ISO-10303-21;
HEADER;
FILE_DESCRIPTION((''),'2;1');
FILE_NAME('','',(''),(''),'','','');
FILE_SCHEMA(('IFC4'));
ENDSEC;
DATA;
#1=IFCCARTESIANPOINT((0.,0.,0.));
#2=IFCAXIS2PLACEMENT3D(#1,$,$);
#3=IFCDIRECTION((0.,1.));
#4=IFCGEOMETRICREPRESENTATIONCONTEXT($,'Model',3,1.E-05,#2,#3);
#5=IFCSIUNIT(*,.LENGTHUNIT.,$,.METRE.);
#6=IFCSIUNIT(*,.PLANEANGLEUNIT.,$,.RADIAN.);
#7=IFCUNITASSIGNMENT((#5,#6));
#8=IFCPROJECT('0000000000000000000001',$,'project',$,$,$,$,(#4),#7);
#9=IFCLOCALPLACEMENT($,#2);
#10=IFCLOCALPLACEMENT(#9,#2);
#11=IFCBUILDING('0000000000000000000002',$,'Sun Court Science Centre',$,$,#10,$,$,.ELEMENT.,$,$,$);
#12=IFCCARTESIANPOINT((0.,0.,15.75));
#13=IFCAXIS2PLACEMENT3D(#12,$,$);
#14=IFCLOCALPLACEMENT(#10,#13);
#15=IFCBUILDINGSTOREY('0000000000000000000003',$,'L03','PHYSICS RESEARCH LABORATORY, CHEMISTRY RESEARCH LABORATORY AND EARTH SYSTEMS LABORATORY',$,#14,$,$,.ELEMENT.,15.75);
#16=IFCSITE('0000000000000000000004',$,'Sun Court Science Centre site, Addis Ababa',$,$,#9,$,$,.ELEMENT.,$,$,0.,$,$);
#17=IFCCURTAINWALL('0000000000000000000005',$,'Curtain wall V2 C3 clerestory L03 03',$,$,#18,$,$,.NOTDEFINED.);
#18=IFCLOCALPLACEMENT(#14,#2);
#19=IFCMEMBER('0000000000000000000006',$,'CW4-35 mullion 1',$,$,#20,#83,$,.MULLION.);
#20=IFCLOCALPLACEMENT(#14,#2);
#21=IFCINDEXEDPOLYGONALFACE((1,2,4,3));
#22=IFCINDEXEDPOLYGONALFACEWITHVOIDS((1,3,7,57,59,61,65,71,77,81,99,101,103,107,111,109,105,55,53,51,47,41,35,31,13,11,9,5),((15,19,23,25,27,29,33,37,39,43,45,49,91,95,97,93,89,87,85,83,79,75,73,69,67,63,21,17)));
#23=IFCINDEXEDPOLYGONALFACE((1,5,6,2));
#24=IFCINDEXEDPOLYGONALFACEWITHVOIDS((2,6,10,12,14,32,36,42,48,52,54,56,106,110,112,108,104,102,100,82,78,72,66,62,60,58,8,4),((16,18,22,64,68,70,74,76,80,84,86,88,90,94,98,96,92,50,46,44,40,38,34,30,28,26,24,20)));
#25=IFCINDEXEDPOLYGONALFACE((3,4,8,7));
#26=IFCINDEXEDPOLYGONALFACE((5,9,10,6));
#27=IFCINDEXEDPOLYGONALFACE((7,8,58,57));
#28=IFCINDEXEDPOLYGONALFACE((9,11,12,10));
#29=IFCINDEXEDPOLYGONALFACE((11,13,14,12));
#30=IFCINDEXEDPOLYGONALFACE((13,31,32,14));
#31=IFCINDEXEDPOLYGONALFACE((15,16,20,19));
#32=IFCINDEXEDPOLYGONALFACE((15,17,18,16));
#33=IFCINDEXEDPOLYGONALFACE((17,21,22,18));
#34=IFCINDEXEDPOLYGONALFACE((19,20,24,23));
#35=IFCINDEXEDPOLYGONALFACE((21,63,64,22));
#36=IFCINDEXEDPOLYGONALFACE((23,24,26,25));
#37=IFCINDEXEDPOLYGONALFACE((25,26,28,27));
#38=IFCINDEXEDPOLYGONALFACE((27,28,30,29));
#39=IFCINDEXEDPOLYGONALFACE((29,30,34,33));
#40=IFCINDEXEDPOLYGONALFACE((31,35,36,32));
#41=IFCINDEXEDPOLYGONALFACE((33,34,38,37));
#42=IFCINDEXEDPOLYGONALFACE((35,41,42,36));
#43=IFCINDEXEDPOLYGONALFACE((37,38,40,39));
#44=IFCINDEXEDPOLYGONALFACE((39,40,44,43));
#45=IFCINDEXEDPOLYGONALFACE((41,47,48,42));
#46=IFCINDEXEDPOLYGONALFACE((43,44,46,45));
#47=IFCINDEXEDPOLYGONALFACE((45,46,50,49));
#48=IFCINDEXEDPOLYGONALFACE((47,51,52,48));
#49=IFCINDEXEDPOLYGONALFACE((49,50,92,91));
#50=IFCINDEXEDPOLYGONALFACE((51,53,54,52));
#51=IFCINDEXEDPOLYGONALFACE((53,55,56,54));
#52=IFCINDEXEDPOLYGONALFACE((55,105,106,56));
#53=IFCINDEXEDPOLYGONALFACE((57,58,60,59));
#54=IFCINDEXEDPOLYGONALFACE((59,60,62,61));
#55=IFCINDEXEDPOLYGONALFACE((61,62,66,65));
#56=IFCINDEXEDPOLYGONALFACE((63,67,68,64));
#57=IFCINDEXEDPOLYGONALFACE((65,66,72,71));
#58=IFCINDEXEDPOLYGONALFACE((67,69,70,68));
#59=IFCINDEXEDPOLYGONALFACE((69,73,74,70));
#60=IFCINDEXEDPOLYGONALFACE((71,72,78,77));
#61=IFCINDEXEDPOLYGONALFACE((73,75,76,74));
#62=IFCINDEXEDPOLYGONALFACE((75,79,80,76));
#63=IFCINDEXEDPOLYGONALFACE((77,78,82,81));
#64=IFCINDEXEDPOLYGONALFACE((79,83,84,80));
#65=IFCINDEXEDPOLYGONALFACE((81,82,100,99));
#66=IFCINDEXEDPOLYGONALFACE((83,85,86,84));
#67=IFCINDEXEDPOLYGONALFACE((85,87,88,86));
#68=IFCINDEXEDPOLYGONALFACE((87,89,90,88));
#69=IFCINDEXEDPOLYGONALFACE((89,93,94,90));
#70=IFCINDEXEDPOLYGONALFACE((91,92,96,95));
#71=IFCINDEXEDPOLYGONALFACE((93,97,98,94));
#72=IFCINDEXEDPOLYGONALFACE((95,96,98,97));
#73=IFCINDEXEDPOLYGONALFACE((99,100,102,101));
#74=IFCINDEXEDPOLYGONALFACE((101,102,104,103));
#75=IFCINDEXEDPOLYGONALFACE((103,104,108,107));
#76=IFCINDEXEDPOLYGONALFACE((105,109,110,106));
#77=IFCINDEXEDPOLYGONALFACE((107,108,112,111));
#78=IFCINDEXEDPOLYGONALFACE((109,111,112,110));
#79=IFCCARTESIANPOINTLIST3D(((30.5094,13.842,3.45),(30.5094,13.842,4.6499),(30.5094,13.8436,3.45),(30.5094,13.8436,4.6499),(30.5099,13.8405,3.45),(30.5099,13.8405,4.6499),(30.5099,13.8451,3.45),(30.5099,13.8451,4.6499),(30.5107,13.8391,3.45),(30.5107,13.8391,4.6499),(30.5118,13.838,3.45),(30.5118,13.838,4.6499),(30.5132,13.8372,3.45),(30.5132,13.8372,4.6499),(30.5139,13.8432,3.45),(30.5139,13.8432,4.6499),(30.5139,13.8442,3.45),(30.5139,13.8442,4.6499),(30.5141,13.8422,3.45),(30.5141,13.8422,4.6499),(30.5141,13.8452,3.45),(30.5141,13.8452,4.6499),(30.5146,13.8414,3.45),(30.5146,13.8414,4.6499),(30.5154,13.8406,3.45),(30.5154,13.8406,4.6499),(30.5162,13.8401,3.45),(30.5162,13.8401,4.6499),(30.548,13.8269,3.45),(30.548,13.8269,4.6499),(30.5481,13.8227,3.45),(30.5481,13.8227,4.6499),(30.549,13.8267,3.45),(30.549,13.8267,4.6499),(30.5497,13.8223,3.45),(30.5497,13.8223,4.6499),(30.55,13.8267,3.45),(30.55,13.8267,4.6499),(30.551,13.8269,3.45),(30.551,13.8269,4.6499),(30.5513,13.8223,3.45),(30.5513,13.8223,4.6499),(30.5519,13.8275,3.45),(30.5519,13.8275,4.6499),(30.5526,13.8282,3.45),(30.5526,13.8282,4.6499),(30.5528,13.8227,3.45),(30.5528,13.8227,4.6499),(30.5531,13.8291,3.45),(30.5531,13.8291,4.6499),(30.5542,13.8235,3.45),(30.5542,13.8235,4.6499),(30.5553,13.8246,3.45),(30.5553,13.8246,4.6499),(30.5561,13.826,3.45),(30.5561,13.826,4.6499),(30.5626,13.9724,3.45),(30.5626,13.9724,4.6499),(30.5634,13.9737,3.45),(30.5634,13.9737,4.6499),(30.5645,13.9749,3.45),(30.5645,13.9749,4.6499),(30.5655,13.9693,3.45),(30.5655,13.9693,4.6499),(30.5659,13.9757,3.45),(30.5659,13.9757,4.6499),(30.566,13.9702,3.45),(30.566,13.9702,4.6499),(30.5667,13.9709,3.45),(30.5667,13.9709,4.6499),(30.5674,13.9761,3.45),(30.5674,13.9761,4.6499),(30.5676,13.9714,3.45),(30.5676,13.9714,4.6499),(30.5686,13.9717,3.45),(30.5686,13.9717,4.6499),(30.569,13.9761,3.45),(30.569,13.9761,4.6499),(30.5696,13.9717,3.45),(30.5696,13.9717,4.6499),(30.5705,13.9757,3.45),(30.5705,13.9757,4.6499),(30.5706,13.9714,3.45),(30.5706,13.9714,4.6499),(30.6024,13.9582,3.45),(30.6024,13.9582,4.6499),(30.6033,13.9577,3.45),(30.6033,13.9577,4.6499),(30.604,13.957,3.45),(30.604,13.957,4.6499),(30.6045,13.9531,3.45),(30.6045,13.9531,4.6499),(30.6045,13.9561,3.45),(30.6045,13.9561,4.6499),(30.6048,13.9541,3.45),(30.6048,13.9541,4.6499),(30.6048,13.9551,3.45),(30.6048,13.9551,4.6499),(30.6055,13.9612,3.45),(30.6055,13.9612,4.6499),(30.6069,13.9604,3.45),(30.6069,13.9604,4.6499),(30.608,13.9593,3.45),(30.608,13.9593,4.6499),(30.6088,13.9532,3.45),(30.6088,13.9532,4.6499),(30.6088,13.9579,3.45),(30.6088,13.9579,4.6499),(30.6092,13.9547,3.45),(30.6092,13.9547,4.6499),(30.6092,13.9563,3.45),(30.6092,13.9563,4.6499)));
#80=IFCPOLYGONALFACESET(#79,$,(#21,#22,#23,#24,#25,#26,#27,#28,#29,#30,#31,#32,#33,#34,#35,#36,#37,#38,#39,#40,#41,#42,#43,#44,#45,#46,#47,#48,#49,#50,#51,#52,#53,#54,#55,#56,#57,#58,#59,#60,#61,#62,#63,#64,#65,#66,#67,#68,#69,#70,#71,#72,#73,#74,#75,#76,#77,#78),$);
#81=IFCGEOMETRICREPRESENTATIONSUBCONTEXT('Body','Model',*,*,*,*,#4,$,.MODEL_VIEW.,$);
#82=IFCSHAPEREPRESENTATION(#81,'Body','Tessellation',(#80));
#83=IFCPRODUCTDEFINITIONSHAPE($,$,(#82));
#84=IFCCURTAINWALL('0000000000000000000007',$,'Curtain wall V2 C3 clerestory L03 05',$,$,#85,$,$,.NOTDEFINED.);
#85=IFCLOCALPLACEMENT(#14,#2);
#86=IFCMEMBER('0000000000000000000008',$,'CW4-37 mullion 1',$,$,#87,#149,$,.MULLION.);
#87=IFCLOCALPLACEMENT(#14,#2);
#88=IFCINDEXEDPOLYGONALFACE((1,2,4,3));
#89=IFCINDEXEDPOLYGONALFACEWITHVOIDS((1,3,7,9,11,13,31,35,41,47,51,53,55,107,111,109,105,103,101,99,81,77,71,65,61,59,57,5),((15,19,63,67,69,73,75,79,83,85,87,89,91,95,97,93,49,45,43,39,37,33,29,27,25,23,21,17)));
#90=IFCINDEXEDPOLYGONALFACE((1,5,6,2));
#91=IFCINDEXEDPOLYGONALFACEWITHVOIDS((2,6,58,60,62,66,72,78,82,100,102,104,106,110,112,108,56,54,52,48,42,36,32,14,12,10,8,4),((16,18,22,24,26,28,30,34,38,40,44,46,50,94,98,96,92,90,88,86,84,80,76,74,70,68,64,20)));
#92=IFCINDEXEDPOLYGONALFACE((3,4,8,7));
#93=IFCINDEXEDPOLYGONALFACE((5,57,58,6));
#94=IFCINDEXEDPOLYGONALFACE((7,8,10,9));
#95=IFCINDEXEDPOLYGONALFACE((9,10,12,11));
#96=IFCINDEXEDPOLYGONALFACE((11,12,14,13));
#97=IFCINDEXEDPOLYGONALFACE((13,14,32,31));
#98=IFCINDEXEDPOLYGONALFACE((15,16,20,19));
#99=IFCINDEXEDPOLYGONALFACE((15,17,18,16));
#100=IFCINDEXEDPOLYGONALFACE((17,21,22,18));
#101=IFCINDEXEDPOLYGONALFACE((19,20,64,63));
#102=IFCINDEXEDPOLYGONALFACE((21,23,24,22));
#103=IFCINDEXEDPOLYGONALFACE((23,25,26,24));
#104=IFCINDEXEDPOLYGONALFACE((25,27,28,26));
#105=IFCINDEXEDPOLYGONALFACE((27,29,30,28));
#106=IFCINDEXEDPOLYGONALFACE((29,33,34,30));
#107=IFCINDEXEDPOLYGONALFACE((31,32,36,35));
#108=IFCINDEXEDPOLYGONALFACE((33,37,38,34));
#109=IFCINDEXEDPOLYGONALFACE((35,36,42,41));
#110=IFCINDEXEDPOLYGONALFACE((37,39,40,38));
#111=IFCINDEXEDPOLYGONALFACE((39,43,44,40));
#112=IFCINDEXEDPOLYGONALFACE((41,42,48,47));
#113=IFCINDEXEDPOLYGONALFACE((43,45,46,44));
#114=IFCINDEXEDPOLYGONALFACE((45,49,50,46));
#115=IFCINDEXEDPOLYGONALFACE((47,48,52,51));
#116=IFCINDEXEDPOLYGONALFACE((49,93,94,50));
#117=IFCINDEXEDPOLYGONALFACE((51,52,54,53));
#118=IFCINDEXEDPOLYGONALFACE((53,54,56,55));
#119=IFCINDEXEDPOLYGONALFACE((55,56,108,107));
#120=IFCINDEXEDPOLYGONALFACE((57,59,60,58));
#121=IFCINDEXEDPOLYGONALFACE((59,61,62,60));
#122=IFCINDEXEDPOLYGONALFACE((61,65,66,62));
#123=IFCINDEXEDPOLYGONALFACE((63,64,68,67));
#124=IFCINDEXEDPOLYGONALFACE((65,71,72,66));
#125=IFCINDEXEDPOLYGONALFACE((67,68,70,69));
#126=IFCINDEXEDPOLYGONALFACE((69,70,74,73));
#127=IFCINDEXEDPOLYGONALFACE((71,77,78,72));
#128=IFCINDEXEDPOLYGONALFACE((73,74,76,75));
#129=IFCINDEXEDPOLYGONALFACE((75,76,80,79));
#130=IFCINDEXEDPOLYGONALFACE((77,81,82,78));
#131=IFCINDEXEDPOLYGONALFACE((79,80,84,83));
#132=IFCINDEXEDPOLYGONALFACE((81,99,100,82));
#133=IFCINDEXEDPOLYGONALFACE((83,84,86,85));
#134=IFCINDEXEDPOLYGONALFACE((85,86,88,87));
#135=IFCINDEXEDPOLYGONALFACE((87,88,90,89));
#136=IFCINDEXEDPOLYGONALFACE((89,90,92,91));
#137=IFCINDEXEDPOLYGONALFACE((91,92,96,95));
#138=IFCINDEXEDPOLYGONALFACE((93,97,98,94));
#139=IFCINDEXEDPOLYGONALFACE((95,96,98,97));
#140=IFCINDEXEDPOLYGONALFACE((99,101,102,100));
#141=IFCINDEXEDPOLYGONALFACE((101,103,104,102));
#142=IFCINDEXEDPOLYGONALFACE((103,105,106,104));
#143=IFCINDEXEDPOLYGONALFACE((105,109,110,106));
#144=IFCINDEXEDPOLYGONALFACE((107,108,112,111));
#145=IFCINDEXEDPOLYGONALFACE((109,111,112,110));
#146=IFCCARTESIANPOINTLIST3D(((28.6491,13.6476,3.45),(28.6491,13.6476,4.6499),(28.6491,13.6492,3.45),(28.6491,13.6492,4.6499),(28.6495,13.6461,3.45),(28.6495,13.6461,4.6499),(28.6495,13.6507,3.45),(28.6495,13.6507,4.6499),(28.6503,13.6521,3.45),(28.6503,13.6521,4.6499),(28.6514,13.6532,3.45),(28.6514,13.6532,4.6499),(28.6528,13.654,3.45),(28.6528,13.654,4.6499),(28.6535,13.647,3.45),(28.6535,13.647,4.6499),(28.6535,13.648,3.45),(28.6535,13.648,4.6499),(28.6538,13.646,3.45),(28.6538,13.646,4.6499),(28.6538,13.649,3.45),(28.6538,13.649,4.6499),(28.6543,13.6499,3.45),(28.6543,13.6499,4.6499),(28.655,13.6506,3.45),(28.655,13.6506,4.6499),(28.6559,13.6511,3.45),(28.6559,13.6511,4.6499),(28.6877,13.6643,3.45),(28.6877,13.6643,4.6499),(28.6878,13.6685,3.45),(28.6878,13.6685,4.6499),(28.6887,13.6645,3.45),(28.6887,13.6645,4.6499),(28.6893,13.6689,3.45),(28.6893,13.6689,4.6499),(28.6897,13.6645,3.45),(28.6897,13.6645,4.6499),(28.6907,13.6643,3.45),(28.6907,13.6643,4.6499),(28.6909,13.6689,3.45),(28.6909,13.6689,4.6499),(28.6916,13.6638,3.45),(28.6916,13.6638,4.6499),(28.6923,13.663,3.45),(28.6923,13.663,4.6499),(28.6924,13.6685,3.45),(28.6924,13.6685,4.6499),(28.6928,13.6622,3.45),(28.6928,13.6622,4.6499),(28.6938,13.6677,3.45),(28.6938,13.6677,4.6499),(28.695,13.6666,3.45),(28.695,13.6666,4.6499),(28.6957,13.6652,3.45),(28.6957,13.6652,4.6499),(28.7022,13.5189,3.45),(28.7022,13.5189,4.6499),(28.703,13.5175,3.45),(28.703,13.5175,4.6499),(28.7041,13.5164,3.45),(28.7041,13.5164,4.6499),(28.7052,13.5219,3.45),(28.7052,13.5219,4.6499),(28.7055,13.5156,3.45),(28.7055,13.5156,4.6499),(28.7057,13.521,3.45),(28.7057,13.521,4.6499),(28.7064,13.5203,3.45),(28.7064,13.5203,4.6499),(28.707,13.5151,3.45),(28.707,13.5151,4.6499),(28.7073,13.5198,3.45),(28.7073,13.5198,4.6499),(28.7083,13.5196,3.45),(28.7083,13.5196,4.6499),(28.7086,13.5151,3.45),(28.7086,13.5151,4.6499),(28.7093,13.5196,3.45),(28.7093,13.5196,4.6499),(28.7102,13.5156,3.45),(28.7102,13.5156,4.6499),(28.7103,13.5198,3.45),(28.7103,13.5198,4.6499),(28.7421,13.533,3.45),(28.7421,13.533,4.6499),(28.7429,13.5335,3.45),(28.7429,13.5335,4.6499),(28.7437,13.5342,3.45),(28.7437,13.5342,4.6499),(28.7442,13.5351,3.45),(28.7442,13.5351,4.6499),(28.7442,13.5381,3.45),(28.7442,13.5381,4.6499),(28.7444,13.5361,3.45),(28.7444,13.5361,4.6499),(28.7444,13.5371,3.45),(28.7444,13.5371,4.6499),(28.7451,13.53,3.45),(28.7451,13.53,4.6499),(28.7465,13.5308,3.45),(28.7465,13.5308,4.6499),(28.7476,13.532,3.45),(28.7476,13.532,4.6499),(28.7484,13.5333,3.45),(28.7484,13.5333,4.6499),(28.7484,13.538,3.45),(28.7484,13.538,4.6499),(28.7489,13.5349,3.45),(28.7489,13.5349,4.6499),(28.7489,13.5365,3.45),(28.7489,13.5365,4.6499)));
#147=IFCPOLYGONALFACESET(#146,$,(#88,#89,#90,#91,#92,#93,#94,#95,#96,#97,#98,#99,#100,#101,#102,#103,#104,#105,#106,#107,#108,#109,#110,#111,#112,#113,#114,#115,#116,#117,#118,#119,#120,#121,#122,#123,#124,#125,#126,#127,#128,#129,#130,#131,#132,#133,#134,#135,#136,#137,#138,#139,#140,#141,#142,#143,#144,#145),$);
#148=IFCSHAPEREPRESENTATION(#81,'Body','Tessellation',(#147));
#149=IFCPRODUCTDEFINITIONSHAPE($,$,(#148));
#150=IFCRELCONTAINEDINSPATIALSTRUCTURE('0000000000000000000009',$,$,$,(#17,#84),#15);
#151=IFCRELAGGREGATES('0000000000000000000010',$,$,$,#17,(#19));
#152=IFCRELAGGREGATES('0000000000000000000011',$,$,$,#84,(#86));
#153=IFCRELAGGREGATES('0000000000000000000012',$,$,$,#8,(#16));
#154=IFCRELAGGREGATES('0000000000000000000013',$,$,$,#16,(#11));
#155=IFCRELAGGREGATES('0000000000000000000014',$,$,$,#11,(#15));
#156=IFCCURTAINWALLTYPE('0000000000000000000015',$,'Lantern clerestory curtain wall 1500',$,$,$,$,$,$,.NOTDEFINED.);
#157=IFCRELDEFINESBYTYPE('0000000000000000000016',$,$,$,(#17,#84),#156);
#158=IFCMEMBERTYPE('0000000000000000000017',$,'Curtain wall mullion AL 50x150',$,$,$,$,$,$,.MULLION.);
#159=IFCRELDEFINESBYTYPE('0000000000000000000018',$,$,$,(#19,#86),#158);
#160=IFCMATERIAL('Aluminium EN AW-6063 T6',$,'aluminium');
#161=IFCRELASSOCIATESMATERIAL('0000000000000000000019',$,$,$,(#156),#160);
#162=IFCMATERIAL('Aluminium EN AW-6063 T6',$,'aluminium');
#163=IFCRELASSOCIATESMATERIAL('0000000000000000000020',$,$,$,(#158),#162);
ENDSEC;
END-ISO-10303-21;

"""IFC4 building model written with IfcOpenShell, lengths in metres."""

from ifc_helpers import new_model, si_unit, direction, frame, origin, origin_2d, place, context, subcontext, project, spatial, hollow_rectangle, extrude, material, material_profile, profile_set, type_object, element, aggregate, save


model = new_model("IFC4")

# Units and contexts
model_context = context("Model", 3, precision=1e-05, world=origin(), true_north=direction((0.0, 1.0)))
body_context = subcontext(model_context, "Body", "Model", "MODEL_VIEW")
ifc_project = project(units=[si_unit("LENGTHUNIT", "METRE"), si_unit("PLANEANGLEUNIT", "RADIAN")], contexts=[model_context])

# Site, building, storey
site_placement = place(None, origin())
site = spatial("IfcSite", under=ifc_project, at=site_placement, Name="Sun Court Science Centre site, Addis Ababa", CompositionType="ELEMENT", RefElevation=0.0)
building_placement = place(site_placement, origin())
building = spatial("IfcBuilding", under=site, at=building_placement, Name="Sun Court Science Centre", CompositionType="ELEMENT")
storey_placement = place(building_placement, frame((0.0, 0.0, 15.75)))
storey = spatial("IfcBuildingStorey", under=building, at=storey_placement, Name="L03", Description="PHYSICS RESEARCH LABORATORY, CHEMISTRY RESEARCH LABORATORY AND EARTH SYSTEMS LABORATORY", CompositionType="ELEMENT", Elevation=15.75)

# Curtain wall, member
ifc_material_1 = material(Name="Aluminium EN AW-6063 T6", Category="aluminium")
curtain_wall_type = type_object("IfcCurtainWallType", Name="Lantern clerestory curtain wall 1500", PredefinedType="NOTDEFINED", material=ifc_material_1)
curtain_wall_1_placement = place(storey_placement, origin())
curtain_wall_1 = element("IfcCurtainWall", 1, at=curtain_wall_1_placement, inside=storey, type_object=curtain_wall_type, Name="Curtain wall V2 C3 clerestory L03 03", PredefinedType="NOTDEFINED")
ifc_material_2 = material(Name="Aluminium EN AW-6063 T6", Category="aluminium")
ifc_material_profile_1 = material_profile(ifc_material_2, hollow_rectangle(XDim=0.05, YDim=0.1499, WallThickness=0.0039, InnerFilletRadius=0.0039, OuterFilletRadius=0.0061, at=origin_2d()), Name="AL 50x150x4")
ifc_profile_set_1 = profile_set([ifc_material_profile_1], Name="Aluminium EN AW-6063 T6")
member_type_1 = type_object("IfcMemberType", Name="Curtain wall mullion AL 50x150", PredefinedType="MULLION", material=ifc_profile_set_1)
member_1_placement = place(storey_placement, frame((30.5593, 13.8992, 3.45), z_axis=(0.0, 0.0, 1.0), x_axis=(0.92388, -0.382683, 0.0)))
member_1 = element("IfcMember", 2, at=member_1_placement, type_object=member_type_1, Name="CW4-35 mullion 1", PredefinedType="MULLION", context=body_context, shape_type="SweptSolid", body=[
    extrude(hollow_rectangle(XDim=0.05, YDim=0.1499, WallThickness=0.0039, InnerFilletRadius=0.0039, OuterFilletRadius=0.0061, at=origin_2d()), origin(), (0.0, 0.0, 1.0), 1.2),
])

# Curtain wall, member
curtain_wall_2_placement = place(storey_placement, origin())
curtain_wall_2 = element("IfcCurtainWall", 3, at=curtain_wall_2_placement, inside=storey, type_object=curtain_wall_type, Name="Curtain wall V2 C3 clerestory L03 05", PredefinedType="NOTDEFINED")
member_2_placement = place(storey_placement, frame((28.699, 13.592, 3.45), z_axis=(0.0, 0.0, 1.0), x_axis=(0.92388, 0.382683, 0.0)))
member_2 = element("IfcMember", 4, at=member_2_placement, type_object=member_type_1, Name="CW4-37 mullion 1", PredefinedType="MULLION", context=body_context, shape_type="SweptSolid", body=[
    extrude(hollow_rectangle(XDim=0.05, YDim=0.1499, WallThickness=0.0039, InnerFilletRadius=0.0039, OuterFilletRadius=0.0061, at=origin_2d()), origin(), (0.0, 0.0, 1.0), 1.2),
])

aggregate(curtain_wall_1, [member_1])

aggregate(curtain_wall_2, [member_2])

save(model, "model.ifc")
